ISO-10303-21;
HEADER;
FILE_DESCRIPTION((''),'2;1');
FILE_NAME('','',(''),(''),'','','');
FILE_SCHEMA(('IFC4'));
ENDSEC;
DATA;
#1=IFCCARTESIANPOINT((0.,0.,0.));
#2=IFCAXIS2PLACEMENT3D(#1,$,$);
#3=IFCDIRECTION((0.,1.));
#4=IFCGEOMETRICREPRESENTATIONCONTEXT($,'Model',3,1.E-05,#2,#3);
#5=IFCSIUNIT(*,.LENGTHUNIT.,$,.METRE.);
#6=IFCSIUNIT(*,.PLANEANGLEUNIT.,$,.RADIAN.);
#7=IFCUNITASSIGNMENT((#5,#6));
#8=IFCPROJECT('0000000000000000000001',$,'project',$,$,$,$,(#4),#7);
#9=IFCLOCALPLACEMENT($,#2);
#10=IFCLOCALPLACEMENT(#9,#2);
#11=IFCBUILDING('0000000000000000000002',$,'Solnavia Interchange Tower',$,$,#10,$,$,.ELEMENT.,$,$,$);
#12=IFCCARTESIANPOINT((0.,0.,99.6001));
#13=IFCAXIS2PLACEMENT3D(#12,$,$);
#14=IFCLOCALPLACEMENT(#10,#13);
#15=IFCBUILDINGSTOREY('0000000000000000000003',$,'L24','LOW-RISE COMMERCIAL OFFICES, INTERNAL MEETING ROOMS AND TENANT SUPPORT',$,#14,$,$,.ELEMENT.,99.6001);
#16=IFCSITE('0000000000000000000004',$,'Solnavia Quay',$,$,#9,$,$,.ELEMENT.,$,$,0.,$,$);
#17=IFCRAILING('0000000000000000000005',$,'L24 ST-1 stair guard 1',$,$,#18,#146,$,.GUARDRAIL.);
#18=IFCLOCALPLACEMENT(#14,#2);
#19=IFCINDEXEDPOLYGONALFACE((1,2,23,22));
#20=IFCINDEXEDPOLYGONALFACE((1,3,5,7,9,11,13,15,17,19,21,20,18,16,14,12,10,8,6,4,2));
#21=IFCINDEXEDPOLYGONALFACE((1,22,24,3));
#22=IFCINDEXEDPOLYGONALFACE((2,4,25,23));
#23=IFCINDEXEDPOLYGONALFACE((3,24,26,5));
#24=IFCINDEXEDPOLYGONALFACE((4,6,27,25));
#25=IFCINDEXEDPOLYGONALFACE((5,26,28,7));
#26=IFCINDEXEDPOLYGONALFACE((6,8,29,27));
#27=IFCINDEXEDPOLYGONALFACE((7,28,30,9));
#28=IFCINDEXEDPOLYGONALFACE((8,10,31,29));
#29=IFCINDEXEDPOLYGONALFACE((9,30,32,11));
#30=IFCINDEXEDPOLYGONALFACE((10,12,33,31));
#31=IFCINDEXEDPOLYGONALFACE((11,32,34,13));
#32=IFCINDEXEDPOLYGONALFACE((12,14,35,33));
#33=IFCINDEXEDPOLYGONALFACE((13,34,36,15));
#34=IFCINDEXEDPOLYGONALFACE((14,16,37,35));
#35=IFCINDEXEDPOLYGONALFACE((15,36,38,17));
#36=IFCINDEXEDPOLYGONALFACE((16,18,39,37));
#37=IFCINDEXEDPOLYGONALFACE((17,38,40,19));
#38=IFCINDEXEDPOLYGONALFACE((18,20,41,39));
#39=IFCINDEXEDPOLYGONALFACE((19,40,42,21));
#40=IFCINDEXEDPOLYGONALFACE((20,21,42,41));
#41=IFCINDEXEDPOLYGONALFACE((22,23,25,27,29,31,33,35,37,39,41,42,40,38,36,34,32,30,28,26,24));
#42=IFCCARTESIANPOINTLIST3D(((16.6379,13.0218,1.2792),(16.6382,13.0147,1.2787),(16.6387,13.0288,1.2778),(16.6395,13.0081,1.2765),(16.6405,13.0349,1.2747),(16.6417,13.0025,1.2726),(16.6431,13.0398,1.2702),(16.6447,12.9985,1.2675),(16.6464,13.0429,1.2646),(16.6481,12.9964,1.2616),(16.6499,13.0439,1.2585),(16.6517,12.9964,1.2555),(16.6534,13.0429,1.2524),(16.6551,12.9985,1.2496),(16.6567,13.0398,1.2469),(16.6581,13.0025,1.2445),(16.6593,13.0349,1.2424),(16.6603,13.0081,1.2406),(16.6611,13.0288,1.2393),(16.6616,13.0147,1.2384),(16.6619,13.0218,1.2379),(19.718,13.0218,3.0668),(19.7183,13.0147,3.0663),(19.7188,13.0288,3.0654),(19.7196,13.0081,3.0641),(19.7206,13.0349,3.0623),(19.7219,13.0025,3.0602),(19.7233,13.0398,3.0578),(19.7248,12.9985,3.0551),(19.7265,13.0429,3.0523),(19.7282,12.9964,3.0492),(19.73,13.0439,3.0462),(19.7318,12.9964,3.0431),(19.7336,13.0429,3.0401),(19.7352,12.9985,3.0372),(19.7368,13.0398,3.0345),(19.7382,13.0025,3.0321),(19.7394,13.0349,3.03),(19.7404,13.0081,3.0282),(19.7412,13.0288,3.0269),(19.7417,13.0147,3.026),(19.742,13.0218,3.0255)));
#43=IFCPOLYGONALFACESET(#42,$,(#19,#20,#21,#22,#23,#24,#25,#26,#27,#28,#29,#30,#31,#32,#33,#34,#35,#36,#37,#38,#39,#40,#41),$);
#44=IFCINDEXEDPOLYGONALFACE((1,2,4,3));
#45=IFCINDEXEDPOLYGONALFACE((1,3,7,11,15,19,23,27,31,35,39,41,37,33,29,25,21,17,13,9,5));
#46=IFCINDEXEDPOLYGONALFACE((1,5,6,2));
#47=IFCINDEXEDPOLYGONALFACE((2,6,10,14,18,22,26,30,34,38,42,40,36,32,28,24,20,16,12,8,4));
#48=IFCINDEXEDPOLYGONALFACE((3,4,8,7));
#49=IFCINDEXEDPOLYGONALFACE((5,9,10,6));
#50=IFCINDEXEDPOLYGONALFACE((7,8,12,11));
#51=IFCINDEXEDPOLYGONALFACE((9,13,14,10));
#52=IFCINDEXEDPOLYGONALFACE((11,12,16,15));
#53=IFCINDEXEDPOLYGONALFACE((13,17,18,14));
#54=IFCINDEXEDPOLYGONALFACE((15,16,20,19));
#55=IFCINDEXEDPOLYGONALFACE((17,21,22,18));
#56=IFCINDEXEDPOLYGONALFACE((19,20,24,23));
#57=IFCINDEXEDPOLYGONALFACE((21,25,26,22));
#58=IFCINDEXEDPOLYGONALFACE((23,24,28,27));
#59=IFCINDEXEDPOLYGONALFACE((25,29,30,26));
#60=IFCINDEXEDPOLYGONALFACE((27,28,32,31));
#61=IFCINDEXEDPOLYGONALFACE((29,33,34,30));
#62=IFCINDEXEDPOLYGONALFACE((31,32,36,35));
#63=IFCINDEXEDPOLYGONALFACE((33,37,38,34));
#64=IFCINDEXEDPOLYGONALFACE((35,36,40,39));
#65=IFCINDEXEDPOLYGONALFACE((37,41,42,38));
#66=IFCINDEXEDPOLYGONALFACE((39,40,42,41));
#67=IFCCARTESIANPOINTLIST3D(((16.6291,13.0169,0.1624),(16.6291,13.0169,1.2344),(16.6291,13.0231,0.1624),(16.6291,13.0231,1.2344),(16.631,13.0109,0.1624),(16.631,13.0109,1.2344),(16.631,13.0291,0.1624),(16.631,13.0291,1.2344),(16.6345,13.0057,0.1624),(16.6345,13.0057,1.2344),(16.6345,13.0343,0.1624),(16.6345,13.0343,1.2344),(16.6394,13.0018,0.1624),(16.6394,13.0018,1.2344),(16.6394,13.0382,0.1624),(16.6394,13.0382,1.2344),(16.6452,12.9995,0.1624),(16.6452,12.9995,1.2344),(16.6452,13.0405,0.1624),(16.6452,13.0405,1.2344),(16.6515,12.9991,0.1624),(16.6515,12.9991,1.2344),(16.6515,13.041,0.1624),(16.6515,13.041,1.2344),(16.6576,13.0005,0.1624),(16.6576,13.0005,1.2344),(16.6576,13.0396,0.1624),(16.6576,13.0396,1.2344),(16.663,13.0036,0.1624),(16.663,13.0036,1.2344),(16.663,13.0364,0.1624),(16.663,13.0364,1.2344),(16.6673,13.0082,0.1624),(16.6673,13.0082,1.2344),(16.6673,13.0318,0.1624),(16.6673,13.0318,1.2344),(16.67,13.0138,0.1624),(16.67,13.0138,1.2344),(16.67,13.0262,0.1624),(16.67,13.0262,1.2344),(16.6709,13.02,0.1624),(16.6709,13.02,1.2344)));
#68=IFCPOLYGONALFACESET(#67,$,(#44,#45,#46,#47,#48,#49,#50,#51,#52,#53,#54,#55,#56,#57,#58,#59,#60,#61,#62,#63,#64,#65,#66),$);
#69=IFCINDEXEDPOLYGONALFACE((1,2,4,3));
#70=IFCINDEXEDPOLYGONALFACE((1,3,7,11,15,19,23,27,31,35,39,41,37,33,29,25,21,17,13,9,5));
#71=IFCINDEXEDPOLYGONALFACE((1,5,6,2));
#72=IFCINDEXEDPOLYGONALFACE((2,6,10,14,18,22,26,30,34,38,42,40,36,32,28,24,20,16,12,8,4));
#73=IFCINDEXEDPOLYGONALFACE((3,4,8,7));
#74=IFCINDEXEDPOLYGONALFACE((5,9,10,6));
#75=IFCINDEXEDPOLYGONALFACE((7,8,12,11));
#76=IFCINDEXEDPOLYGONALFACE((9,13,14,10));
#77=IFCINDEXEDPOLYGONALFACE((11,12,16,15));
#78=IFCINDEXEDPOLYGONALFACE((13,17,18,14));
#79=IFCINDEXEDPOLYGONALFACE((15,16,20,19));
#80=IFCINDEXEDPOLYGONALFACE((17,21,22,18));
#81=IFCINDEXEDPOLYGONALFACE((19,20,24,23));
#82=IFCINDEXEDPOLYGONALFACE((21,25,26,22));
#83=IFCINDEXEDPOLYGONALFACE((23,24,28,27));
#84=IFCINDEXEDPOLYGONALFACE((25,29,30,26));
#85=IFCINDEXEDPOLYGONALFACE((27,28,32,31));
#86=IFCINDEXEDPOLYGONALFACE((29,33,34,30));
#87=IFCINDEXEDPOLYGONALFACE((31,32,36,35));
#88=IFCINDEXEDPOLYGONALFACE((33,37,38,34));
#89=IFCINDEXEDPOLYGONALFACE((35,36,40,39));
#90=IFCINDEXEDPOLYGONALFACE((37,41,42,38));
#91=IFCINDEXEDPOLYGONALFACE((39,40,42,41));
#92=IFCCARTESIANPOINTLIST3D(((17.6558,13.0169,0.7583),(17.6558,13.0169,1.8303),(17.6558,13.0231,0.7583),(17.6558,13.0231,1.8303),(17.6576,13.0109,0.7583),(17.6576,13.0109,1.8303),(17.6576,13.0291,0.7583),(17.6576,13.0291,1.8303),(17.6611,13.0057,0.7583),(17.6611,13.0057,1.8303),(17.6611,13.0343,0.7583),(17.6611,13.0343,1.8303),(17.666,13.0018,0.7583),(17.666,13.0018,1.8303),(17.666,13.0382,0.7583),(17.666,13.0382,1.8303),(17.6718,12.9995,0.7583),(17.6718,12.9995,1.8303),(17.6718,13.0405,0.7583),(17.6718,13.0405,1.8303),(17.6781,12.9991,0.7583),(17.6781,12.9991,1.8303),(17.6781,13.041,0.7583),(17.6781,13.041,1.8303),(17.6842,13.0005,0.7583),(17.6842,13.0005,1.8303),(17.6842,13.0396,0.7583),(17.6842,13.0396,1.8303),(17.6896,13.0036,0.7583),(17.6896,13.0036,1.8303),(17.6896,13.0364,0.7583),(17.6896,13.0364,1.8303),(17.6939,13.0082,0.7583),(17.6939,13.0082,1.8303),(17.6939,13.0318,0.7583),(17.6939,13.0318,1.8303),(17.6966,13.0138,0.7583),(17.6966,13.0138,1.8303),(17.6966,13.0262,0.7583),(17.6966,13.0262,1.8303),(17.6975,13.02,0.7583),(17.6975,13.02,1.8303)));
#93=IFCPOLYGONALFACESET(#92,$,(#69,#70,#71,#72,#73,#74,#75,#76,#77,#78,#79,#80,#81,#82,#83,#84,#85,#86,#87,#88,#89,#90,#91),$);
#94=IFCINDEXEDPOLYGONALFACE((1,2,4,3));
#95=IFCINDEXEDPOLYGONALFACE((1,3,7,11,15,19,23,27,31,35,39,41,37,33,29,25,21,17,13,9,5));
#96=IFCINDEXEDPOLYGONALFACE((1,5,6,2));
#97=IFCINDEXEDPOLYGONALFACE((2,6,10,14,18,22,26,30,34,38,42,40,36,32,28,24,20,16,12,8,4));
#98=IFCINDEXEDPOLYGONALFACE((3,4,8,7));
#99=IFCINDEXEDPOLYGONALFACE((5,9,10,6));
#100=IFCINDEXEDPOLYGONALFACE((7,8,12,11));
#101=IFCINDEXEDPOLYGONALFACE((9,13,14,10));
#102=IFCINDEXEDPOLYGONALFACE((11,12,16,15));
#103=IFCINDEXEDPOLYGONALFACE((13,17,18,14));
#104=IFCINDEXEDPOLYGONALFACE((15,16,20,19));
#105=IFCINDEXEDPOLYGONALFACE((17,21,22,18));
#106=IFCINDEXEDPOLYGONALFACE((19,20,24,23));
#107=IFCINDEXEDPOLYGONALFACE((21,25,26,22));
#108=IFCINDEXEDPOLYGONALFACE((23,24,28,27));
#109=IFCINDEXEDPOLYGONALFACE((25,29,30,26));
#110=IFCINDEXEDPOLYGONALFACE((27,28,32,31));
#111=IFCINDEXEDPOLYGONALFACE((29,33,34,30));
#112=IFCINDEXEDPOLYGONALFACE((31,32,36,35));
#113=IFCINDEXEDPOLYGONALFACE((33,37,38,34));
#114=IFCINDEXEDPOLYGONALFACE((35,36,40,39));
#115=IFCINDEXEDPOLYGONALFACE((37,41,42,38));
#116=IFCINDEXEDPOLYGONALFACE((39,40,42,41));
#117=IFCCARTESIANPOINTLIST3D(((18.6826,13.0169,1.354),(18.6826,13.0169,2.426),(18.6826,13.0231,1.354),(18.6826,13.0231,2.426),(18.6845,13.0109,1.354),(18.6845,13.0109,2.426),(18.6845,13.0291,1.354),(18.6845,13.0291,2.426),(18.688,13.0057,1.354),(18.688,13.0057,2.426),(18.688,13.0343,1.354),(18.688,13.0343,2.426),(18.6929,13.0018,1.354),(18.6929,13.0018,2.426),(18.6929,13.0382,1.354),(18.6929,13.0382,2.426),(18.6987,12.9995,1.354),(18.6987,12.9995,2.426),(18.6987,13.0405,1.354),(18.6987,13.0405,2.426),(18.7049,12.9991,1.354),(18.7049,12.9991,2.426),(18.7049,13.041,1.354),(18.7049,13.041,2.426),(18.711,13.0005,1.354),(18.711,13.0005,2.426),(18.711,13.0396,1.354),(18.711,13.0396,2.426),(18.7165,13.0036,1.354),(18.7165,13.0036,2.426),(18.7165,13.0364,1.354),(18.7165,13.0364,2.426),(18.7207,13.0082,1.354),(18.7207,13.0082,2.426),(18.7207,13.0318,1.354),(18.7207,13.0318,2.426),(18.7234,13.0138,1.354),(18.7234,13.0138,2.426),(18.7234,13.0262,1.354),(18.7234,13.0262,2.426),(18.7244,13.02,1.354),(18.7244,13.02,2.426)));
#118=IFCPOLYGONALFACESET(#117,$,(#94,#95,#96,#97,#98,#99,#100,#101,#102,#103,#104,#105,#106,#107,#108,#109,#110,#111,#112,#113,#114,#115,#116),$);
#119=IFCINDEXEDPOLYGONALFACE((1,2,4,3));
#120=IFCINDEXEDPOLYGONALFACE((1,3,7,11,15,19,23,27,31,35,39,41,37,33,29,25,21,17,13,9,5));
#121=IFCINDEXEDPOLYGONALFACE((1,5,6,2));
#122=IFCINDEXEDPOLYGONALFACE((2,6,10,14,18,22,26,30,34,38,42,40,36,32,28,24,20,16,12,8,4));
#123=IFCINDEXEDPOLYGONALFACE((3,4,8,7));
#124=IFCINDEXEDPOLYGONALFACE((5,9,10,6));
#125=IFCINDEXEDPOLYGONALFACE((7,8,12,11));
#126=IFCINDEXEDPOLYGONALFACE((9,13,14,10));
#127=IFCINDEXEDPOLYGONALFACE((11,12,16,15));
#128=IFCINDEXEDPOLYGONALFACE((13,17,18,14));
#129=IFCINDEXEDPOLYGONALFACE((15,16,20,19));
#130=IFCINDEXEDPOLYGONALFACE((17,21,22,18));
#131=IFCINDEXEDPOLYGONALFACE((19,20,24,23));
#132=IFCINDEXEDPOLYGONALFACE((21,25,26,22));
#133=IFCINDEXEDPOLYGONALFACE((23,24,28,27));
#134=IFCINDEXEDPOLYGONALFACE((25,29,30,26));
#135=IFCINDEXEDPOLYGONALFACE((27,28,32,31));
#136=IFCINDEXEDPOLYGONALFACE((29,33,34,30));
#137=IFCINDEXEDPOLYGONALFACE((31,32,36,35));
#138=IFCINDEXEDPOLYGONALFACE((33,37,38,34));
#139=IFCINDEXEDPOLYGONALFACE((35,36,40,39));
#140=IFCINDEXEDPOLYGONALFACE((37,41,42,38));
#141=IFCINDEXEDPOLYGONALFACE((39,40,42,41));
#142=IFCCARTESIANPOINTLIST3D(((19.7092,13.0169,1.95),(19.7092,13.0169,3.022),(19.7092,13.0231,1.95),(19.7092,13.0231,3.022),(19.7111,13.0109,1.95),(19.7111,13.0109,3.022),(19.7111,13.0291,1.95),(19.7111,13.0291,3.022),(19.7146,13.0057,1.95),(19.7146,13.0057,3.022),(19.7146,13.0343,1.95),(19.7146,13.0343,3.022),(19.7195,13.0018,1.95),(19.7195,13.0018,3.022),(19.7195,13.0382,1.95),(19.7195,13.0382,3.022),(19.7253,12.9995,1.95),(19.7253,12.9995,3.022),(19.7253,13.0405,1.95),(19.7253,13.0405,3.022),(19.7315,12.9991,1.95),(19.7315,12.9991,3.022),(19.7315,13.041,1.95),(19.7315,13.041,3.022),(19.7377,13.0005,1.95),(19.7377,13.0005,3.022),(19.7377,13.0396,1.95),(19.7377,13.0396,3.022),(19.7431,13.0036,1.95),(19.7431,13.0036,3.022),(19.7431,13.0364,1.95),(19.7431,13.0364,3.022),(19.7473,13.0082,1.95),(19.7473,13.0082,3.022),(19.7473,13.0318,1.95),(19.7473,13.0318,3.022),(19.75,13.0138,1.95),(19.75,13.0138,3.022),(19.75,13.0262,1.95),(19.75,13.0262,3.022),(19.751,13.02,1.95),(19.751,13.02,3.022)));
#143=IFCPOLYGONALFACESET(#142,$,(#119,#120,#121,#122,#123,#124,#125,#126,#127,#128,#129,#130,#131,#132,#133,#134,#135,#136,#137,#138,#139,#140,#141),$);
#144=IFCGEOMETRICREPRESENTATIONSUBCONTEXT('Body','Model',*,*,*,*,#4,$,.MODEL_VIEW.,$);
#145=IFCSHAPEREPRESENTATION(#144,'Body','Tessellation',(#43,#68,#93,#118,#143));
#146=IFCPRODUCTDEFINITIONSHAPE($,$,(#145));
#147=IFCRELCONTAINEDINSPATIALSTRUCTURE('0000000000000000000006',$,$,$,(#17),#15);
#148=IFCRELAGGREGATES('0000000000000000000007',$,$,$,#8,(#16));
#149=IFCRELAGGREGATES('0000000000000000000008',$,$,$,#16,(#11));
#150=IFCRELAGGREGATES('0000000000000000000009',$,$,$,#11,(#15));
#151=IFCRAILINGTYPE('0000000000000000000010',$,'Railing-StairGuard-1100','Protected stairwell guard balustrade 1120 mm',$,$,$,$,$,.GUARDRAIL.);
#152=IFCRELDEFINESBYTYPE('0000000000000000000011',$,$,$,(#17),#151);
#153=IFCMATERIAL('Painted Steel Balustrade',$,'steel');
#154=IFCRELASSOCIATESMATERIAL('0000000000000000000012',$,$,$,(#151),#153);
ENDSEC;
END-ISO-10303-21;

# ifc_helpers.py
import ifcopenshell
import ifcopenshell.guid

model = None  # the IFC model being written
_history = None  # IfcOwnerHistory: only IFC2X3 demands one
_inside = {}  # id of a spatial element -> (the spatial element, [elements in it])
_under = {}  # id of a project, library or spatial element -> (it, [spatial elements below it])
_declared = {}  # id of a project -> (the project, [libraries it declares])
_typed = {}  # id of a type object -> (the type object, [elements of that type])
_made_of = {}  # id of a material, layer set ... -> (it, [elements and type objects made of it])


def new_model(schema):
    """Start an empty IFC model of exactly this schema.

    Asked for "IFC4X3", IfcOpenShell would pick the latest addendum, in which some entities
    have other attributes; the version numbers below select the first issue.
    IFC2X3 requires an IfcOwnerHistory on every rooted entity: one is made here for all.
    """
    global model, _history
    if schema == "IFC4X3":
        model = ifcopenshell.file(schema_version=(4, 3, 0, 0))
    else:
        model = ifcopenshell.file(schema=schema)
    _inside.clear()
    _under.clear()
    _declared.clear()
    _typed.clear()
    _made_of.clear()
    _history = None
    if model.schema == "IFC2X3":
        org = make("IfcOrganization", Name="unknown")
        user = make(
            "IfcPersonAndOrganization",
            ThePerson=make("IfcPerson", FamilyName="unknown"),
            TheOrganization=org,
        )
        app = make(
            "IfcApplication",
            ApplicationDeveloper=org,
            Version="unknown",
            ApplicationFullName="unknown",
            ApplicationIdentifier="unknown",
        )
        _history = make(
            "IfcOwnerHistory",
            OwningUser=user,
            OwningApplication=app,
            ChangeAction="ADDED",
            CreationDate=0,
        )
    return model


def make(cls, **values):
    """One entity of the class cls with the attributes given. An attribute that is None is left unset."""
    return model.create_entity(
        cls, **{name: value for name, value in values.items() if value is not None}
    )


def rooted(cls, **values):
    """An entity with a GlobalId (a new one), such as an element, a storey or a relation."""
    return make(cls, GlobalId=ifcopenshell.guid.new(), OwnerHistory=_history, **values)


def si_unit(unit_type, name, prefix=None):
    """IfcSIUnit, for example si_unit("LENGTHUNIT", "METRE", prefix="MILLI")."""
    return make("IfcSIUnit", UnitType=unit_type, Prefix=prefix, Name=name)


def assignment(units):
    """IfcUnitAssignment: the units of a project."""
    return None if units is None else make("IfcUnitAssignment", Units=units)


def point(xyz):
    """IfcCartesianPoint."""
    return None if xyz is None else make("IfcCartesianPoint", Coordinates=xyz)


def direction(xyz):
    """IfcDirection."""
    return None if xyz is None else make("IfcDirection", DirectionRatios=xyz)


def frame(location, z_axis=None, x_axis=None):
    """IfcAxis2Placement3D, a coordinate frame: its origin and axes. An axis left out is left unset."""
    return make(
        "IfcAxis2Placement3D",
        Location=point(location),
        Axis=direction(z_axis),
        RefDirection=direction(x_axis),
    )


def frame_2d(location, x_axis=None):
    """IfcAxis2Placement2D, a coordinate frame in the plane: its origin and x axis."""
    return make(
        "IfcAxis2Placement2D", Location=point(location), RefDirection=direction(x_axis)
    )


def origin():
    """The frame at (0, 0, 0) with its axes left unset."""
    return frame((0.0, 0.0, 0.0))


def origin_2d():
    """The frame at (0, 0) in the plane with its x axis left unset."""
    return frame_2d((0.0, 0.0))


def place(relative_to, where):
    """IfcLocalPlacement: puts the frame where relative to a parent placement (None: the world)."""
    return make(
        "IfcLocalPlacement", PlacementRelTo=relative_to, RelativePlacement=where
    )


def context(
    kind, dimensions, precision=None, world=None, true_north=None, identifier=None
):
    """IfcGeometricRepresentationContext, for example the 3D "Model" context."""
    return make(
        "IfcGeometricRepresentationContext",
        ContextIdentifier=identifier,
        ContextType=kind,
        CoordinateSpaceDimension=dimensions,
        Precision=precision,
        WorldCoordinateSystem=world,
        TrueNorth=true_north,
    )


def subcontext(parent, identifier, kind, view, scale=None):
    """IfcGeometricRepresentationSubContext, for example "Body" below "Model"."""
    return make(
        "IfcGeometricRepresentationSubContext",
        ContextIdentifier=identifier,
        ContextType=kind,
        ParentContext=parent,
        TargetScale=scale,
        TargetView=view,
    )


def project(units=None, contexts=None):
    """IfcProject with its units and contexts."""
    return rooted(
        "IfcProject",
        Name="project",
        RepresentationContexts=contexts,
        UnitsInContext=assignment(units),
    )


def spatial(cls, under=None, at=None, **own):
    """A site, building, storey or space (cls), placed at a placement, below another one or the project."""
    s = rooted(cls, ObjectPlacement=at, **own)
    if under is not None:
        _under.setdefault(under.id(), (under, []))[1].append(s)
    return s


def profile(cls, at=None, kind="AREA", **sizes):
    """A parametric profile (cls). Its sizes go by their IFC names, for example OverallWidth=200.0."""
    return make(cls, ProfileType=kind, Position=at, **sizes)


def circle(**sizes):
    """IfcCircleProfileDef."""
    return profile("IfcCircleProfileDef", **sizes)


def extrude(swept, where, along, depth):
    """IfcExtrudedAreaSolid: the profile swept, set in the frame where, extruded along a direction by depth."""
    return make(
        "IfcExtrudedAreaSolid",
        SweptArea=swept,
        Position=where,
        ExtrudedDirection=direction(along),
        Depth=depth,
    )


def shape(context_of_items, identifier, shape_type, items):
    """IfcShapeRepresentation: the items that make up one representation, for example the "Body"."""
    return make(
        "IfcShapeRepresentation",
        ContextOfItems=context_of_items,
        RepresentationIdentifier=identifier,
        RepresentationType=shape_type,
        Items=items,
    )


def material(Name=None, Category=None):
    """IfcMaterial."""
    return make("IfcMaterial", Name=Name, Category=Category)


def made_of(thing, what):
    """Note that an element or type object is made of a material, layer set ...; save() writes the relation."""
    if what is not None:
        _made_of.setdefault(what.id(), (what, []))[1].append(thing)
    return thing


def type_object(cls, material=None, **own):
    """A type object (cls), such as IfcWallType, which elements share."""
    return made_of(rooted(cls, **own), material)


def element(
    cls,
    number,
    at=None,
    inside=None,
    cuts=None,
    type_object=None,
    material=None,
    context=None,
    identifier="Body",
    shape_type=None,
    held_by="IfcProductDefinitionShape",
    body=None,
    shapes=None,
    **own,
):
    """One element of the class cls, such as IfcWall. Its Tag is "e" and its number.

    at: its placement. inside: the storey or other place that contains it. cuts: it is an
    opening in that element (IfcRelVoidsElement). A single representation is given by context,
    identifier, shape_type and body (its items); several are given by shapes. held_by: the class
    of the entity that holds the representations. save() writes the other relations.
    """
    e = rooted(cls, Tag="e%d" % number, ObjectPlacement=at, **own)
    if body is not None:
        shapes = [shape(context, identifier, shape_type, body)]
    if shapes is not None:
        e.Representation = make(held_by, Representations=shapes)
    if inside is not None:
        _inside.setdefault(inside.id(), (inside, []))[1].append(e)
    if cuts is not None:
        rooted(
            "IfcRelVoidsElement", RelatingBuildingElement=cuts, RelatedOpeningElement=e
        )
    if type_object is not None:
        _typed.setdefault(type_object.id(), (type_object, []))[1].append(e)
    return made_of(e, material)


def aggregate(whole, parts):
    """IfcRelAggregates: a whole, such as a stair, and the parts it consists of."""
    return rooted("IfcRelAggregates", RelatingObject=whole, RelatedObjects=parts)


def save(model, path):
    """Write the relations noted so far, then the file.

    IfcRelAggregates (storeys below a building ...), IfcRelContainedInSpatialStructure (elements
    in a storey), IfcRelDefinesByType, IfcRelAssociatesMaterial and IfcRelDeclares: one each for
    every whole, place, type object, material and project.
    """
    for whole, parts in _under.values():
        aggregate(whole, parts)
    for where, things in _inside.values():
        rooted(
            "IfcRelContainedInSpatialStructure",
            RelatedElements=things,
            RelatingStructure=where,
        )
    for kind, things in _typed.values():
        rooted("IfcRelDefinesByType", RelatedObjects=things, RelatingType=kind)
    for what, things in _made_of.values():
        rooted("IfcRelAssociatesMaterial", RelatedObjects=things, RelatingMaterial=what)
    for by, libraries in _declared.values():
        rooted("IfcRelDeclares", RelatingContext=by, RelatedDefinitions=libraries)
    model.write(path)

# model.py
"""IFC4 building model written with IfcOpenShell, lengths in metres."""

from ifc_helpers import new_model, si_unit, direction, frame, origin, origin_2d, place, context, subcontext, project, spatial, circle, extrude, material, type_object, element, save


model = new_model("IFC4")

# Units and contexts
model_context = context("Model", 3, precision=1e-05, world=origin(), true_north=direction((0.0, 1.0)))
body_context = subcontext(model_context, "Body", "Model", "MODEL_VIEW")
ifc_project = project(units=[si_unit("LENGTHUNIT", "METRE"), si_unit("PLANEANGLEUNIT", "RADIAN")], contexts=[model_context])

# Site, building, storey
site_placement = place(None, origin())
site = spatial("IfcSite", under=ifc_project, at=site_placement, Name="Solnavia Quay", CompositionType="ELEMENT", RefElevation=0.0)
building_placement = place(site_placement, origin())
building = spatial("IfcBuilding", under=site, at=building_placement, Name="Solnavia Interchange Tower", CompositionType="ELEMENT")
storey_placement = place(building_placement, frame((0.0, 0.0, 99.6001)))
storey = spatial("IfcBuildingStorey", under=building, at=storey_placement, Name="L24", Description="LOW-RISE COMMERCIAL OFFICES, INTERNAL MEETING ROOMS AND TENANT SUPPORT", CompositionType="ELEMENT", Elevation=99.6001)

# Railing
ifc_material_1 = material(Name="Painted Steel Balustrade", Category="steel")
railing_type_1 = type_object("IfcRailingType", Name="Railing-StairGuard-1100", Description="Protected stairwell guard balustrade 1120 mm", PredefinedType="GUARDRAIL", material=ifc_material_1)
railing_1_placement = place(storey_placement, frame((16.6499, 13.02, 0.1624)))
element("IfcRailing", 1, at=railing_1_placement, inside=storey, type_object=railing_type_1, Name="L24 ST-1 stair guard 1", PredefinedType="GUARDRAIL", context=body_context, shape_type="SweptSolid", body=[
    extrude(circle(Radius=0.0239, at=origin_2d()), frame((0.0, 0.0, 1.0962), z_axis=(0.864891, 0.0, 0.50196), x_axis=(0.0, 1.0, 0.0)), (0.0, 0.0, 1.0), 3.5613),
    extrude(circle(Radius=0.021, at=origin_2d()), origin(), (0.0, 0.0, 1.0), 1.072),
    extrude(circle(Radius=0.021, at=origin_2d()), frame((1.0266, 0.0, 0.5959)), (0.0, 0.0, 1.0), 1.072),
    extrude(circle(Radius=0.021, at=origin_2d()), frame((2.0535, 0.0, 1.1917)), (0.0, 0.0, 1.0), 1.072),
    extrude(circle(Radius=0.021, at=origin_2d()), frame((3.0801, 0.0, 1.7876)), (0.0, 0.0, 1.0), 1.072),
])

save(model, "model.ifc")
